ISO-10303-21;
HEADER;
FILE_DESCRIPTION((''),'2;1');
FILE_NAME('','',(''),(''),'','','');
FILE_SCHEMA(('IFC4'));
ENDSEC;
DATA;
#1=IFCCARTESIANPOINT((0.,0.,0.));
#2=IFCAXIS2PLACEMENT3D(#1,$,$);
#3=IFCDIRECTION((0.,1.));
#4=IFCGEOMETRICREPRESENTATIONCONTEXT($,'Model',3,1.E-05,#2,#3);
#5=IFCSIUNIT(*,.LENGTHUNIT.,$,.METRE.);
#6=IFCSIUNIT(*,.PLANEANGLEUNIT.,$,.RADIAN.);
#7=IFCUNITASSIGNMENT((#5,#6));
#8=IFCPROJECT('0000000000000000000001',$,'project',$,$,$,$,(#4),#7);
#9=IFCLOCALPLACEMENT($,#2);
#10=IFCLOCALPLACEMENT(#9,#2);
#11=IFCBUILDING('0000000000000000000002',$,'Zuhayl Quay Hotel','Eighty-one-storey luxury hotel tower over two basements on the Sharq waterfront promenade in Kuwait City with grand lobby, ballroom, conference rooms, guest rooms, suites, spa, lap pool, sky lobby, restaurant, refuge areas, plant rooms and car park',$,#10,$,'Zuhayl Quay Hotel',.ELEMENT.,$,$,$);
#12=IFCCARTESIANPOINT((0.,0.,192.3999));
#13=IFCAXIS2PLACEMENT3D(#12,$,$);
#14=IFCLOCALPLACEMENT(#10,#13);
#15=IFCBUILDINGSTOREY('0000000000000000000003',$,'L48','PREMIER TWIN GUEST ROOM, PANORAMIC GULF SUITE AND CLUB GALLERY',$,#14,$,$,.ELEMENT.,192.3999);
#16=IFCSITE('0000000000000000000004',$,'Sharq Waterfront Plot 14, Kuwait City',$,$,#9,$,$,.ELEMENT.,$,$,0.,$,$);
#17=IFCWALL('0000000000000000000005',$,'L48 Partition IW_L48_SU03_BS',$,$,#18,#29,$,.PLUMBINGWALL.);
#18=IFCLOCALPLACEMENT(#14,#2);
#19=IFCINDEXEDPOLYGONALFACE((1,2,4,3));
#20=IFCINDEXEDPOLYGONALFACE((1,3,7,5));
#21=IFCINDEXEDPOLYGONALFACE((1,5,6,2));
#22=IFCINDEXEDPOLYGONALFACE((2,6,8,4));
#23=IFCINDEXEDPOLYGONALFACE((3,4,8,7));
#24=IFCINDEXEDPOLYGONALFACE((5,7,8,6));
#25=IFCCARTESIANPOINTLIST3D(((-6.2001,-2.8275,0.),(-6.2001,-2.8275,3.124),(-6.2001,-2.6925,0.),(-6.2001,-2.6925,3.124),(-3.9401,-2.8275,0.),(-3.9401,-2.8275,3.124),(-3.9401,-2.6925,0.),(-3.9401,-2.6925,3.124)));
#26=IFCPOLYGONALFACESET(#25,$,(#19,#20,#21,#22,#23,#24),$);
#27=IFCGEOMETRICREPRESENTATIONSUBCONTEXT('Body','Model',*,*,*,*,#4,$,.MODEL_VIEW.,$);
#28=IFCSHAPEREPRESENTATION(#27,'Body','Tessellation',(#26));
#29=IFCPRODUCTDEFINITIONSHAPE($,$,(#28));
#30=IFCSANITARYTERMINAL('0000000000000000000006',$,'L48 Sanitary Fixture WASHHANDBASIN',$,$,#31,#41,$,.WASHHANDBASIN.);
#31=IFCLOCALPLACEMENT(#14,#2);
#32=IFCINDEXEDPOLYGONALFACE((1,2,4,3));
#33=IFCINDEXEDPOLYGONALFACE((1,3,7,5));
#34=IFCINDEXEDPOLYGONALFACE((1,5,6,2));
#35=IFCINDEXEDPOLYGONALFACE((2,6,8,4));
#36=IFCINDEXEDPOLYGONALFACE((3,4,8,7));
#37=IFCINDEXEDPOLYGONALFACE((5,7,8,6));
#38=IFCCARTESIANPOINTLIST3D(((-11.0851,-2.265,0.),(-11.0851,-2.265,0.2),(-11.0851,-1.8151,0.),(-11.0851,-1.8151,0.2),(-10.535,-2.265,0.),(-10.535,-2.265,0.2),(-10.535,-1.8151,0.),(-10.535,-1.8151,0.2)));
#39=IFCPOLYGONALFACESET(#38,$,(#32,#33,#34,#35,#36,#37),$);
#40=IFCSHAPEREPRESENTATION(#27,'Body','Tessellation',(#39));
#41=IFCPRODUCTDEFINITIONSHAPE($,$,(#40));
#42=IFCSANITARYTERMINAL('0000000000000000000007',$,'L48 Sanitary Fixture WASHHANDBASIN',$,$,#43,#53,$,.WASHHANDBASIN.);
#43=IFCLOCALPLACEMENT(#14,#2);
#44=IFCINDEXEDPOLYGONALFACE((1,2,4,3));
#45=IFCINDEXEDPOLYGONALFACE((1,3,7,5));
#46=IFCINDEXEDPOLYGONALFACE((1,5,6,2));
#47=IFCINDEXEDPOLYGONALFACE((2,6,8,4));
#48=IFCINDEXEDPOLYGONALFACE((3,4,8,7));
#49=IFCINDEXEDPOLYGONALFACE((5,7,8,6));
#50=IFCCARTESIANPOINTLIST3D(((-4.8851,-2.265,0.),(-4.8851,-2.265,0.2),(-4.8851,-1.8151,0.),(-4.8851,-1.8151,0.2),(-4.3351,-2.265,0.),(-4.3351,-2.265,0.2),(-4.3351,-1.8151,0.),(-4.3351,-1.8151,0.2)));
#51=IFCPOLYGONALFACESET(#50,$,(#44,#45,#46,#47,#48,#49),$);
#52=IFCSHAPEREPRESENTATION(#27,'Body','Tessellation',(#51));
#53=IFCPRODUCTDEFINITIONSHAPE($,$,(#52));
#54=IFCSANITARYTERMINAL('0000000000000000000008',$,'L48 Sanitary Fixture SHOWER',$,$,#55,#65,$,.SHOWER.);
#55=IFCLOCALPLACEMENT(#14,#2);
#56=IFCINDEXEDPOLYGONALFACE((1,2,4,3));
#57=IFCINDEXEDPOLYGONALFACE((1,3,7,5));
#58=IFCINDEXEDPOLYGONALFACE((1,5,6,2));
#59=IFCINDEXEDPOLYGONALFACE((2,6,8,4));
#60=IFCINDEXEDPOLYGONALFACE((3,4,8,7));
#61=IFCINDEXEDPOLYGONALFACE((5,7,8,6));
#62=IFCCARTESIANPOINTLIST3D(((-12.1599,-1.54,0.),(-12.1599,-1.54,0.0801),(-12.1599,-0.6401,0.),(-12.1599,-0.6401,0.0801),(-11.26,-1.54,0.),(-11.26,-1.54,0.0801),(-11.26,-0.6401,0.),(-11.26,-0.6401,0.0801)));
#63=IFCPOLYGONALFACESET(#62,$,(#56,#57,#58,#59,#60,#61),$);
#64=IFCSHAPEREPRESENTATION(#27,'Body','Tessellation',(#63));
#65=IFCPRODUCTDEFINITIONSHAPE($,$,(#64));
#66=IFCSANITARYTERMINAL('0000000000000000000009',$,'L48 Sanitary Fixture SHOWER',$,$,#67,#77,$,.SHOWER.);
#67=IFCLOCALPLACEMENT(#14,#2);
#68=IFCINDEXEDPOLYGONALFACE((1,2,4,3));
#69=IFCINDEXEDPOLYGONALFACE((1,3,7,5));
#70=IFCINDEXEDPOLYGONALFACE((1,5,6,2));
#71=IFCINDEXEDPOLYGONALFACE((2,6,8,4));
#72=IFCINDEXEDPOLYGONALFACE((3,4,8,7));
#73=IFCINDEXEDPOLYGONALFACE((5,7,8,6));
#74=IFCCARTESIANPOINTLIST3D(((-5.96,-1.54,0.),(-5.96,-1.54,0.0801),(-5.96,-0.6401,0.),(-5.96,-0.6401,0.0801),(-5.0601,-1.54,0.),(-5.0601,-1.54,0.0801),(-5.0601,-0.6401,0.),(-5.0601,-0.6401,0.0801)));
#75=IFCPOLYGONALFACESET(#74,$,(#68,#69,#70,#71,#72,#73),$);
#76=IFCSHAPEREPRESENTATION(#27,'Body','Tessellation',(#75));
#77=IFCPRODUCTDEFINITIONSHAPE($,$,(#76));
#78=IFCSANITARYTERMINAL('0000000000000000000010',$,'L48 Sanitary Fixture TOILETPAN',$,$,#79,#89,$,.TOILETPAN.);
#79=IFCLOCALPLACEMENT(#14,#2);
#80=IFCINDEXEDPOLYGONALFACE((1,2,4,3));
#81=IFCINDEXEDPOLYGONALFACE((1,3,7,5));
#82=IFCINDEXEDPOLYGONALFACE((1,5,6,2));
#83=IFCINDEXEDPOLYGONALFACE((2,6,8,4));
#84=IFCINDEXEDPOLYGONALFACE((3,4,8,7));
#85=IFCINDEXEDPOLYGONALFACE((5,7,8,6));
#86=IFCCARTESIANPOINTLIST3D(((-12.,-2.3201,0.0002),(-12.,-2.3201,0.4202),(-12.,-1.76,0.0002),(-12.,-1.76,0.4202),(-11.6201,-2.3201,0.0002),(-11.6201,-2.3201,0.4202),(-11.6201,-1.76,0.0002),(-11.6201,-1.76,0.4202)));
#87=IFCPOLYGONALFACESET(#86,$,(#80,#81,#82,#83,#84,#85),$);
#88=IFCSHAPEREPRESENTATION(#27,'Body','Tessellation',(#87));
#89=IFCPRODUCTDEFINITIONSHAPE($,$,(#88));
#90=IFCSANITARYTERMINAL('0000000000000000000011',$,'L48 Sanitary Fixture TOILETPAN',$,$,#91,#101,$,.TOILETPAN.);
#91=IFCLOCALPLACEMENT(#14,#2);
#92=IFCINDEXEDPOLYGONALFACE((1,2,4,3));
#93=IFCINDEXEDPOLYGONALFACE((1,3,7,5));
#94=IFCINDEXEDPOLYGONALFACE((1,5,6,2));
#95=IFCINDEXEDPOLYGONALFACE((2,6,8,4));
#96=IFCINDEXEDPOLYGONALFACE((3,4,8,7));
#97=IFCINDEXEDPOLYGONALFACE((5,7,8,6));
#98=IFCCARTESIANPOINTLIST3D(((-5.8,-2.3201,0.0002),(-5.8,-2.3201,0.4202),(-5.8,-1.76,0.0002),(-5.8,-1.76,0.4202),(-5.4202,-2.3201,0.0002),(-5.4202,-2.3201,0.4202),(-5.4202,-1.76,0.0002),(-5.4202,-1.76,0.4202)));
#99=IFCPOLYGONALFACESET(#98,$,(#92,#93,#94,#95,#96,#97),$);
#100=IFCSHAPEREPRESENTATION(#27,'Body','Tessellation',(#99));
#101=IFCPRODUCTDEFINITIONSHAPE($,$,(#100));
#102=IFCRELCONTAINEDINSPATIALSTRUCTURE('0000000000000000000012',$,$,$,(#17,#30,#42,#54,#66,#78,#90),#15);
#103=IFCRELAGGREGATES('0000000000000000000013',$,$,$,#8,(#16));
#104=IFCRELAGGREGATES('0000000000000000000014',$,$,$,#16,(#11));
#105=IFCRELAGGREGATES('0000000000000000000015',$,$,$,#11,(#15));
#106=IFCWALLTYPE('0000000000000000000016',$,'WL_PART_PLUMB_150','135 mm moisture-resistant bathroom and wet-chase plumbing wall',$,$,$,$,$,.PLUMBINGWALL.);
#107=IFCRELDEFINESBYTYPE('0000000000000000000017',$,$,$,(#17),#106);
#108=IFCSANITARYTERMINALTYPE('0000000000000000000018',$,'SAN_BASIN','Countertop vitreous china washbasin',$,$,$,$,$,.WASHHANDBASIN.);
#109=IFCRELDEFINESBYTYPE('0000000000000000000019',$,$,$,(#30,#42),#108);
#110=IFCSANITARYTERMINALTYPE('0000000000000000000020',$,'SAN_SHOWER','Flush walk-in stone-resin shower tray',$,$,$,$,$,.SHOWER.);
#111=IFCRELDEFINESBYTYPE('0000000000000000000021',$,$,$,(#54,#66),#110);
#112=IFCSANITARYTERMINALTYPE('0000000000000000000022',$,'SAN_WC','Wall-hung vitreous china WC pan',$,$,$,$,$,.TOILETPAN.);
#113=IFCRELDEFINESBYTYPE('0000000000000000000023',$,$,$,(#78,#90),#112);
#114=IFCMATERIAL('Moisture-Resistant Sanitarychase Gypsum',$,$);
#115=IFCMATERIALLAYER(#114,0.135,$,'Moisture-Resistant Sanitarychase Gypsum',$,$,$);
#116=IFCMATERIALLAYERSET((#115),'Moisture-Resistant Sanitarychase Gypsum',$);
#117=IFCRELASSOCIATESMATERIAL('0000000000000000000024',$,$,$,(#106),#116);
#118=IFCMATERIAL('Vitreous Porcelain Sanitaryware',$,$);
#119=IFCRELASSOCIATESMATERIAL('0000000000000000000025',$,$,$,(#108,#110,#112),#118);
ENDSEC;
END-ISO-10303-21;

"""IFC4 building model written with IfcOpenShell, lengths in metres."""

from ifc_helpers import new_model, si_unit, direction, frame, frame_2d, origin, origin_2d, place, context, subcontext, project, spatial, rectangle, extrude, material, layer, layer_set, type_object, element, save


model = new_model("IFC4")

# Units and contexts
model_context = context("Model", 3, precision=1e-05, world=origin(), true_north=direction((0.0, 1.0)))
body_context = subcontext(model_context, "Body", "Model", "MODEL_VIEW")
ifc_project = project(units=[si_unit("LENGTHUNIT", "METRE"), si_unit("PLANEANGLEUNIT", "RADIAN")], contexts=[model_context])

# Site, building, storey
site_placement = place(None, origin())
site = spatial("IfcSite", under=ifc_project, at=site_placement, Name="Sharq Waterfront Plot 14, Kuwait City", CompositionType="ELEMENT", RefElevation=0.0)
building_placement = place(site_placement, origin())
building = spatial("IfcBuilding", under=site, at=building_placement, Name="Zuhayl Quay Hotel", Description="Eighty-one-storey luxury hotel tower over two basements on the Sharq waterfront promenade in Kuwait City with grand lobby, ballroom, conference rooms, guest rooms, suites, spa, lap pool, sky lobby, restaurant, refuge areas, plant rooms and car park", LongName="Zuhayl Quay Hotel", CompositionType="ELEMENT")
storey_placement = place(building_placement, frame((0.0, 0.0, 192.3999)))
storey = spatial("IfcBuildingStorey", under=building, at=storey_placement, Name="L48", Description="PREMIER TWIN GUEST ROOM, PANORAMIC GULF SUITE AND CLUB GALLERY", CompositionType="ELEMENT", Elevation=192.3999)

# Shared definitions
ifc_material_1 = material(Name="Moisture-Resistant Sanitarychase Gypsum")
ifc_layer_1 = layer(ifc_material_1, 0.135, Name="Moisture-Resistant Sanitarychase Gypsum")
ifc_layer_set_1 = layer_set([ifc_layer_1], Name="Moisture-Resistant Sanitarychase Gypsum")
wall_type_1 = type_object("IfcWallType", Name="WL_PART_PLUMB_150", Description="135 mm moisture-resistant bathroom and wet-chase plumbing wall", PredefinedType="PLUMBINGWALL", material=ifc_layer_set_1)

# Wall
wall_1_placement = place(storey_placement, frame((-6.2, -2.76, 0.0), z_axis=(0.0, 0.0, 1.0), x_axis=(1.0, 0.0, 0.0)))
element("IfcWall", 1, at=wall_1_placement, inside=storey, type_object=wall_type_1, Name="L48 Partition IW_L48_SU03_BS", PredefinedType="PLUMBINGWALL", context=body_context, shape_type="SweptSolid", body=[
    extrude(rectangle(XDim=2.26, YDim=0.135, at=frame_2d((1.1299, 0.0))), origin(), (0.0, 0.0, 1.0), 3.124),
])

# Sanitary terminals
ifc_material_2 = material(Name="Vitreous Porcelain Sanitaryware")
sanitary_terminal_type_1 = type_object("IfcSanitaryTerminalType", Name="SAN_BASIN", Description="Countertop vitreous china washbasin", PredefinedType="WASHHANDBASIN", material=ifc_material_2)
for number, where, z_axis, x_axis, name in (
    (2, (-10.8101, -2.04, 0.0), (0.0, 0.0, 1.0), (1.0, 0.0, 0.0), "L48 Sanitary Fixture WASHHANDBASIN"),
    (3, (-4.6101, -2.04, 0.0), (0.0, 0.0, 1.0), (1.0, 0.0, 0.0), "L48 Sanitary Fixture WASHHANDBASIN"),
):
    element("IfcSanitaryTerminal", number, at=place(storey_placement, frame(where, z_axis=z_axis, x_axis=x_axis)), inside=storey, type_object=sanitary_terminal_type_1, Name=name, PredefinedType="WASHHANDBASIN", context=body_context, shape_type="SweptSolid", body=[
        extrude(rectangle(XDim=0.55, YDim=0.45, at=origin_2d()), origin(), (0.0, 0.0, 1.0), 0.2),
    ])
sanitary_terminal_type_2 = type_object("IfcSanitaryTerminalType", Name="SAN_SHOWER", Description="Flush walk-in stone-resin shower tray", PredefinedType="SHOWER", material=ifc_material_2)
for number, where, z_axis, x_axis, name in (
    (4, (-11.71, -1.0901, 0.0), (0.0, 0.0, 1.0), (1.0, 0.0, 0.0), "L48 Sanitary Fixture SHOWER"),
    (5, (-5.51, -1.0901, 0.0), (0.0, 0.0, 1.0), (1.0, 0.0, 0.0), "L48 Sanitary Fixture SHOWER"),
):
    element("IfcSanitaryTerminal", number, at=place(storey_placement, frame(where, z_axis=z_axis, x_axis=x_axis)), inside=storey, type_object=sanitary_terminal_type_2, Name=name, PredefinedType="SHOWER", context=body_context, shape_type="SweptSolid", body=[
        extrude(rectangle(XDim=0.8999, YDim=0.8999, at=origin_2d()), origin(), (0.0, 0.0, 1.0), 0.0801),
    ])
sanitary_terminal_type_3 = type_object("IfcSanitaryTerminalType", Name="SAN_WC", Description="Wall-hung vitreous china WC pan", PredefinedType="TOILETPAN", material=ifc_material_2)
for number, where, z_axis, x_axis, name in (
    (6, (-11.8101, -2.04, 0.0002), (0.0, 0.0, 1.0), (1.0, 0.0, 0.0), "L48 Sanitary Fixture TOILETPAN"),
    (7, (-5.6101, -2.04, 0.0002), (0.0, 0.0, 1.0), (1.0, 0.0, 0.0), "L48 Sanitary Fixture TOILETPAN"),
):
    element("IfcSanitaryTerminal", number, at=place(storey_placement, frame(where, z_axis=z_axis, x_axis=x_axis)), inside=storey, type_object=sanitary_terminal_type_3, Name=name, PredefinedType="TOILETPAN", context=body_context, shape_type="SweptSolid", body=[
        extrude(rectangle(XDim=0.3799, YDim=0.5601, at=origin_2d()), origin(), (0.0, 0.0, 1.0), 0.4199),
    ])

save(model, "model.ifc")
